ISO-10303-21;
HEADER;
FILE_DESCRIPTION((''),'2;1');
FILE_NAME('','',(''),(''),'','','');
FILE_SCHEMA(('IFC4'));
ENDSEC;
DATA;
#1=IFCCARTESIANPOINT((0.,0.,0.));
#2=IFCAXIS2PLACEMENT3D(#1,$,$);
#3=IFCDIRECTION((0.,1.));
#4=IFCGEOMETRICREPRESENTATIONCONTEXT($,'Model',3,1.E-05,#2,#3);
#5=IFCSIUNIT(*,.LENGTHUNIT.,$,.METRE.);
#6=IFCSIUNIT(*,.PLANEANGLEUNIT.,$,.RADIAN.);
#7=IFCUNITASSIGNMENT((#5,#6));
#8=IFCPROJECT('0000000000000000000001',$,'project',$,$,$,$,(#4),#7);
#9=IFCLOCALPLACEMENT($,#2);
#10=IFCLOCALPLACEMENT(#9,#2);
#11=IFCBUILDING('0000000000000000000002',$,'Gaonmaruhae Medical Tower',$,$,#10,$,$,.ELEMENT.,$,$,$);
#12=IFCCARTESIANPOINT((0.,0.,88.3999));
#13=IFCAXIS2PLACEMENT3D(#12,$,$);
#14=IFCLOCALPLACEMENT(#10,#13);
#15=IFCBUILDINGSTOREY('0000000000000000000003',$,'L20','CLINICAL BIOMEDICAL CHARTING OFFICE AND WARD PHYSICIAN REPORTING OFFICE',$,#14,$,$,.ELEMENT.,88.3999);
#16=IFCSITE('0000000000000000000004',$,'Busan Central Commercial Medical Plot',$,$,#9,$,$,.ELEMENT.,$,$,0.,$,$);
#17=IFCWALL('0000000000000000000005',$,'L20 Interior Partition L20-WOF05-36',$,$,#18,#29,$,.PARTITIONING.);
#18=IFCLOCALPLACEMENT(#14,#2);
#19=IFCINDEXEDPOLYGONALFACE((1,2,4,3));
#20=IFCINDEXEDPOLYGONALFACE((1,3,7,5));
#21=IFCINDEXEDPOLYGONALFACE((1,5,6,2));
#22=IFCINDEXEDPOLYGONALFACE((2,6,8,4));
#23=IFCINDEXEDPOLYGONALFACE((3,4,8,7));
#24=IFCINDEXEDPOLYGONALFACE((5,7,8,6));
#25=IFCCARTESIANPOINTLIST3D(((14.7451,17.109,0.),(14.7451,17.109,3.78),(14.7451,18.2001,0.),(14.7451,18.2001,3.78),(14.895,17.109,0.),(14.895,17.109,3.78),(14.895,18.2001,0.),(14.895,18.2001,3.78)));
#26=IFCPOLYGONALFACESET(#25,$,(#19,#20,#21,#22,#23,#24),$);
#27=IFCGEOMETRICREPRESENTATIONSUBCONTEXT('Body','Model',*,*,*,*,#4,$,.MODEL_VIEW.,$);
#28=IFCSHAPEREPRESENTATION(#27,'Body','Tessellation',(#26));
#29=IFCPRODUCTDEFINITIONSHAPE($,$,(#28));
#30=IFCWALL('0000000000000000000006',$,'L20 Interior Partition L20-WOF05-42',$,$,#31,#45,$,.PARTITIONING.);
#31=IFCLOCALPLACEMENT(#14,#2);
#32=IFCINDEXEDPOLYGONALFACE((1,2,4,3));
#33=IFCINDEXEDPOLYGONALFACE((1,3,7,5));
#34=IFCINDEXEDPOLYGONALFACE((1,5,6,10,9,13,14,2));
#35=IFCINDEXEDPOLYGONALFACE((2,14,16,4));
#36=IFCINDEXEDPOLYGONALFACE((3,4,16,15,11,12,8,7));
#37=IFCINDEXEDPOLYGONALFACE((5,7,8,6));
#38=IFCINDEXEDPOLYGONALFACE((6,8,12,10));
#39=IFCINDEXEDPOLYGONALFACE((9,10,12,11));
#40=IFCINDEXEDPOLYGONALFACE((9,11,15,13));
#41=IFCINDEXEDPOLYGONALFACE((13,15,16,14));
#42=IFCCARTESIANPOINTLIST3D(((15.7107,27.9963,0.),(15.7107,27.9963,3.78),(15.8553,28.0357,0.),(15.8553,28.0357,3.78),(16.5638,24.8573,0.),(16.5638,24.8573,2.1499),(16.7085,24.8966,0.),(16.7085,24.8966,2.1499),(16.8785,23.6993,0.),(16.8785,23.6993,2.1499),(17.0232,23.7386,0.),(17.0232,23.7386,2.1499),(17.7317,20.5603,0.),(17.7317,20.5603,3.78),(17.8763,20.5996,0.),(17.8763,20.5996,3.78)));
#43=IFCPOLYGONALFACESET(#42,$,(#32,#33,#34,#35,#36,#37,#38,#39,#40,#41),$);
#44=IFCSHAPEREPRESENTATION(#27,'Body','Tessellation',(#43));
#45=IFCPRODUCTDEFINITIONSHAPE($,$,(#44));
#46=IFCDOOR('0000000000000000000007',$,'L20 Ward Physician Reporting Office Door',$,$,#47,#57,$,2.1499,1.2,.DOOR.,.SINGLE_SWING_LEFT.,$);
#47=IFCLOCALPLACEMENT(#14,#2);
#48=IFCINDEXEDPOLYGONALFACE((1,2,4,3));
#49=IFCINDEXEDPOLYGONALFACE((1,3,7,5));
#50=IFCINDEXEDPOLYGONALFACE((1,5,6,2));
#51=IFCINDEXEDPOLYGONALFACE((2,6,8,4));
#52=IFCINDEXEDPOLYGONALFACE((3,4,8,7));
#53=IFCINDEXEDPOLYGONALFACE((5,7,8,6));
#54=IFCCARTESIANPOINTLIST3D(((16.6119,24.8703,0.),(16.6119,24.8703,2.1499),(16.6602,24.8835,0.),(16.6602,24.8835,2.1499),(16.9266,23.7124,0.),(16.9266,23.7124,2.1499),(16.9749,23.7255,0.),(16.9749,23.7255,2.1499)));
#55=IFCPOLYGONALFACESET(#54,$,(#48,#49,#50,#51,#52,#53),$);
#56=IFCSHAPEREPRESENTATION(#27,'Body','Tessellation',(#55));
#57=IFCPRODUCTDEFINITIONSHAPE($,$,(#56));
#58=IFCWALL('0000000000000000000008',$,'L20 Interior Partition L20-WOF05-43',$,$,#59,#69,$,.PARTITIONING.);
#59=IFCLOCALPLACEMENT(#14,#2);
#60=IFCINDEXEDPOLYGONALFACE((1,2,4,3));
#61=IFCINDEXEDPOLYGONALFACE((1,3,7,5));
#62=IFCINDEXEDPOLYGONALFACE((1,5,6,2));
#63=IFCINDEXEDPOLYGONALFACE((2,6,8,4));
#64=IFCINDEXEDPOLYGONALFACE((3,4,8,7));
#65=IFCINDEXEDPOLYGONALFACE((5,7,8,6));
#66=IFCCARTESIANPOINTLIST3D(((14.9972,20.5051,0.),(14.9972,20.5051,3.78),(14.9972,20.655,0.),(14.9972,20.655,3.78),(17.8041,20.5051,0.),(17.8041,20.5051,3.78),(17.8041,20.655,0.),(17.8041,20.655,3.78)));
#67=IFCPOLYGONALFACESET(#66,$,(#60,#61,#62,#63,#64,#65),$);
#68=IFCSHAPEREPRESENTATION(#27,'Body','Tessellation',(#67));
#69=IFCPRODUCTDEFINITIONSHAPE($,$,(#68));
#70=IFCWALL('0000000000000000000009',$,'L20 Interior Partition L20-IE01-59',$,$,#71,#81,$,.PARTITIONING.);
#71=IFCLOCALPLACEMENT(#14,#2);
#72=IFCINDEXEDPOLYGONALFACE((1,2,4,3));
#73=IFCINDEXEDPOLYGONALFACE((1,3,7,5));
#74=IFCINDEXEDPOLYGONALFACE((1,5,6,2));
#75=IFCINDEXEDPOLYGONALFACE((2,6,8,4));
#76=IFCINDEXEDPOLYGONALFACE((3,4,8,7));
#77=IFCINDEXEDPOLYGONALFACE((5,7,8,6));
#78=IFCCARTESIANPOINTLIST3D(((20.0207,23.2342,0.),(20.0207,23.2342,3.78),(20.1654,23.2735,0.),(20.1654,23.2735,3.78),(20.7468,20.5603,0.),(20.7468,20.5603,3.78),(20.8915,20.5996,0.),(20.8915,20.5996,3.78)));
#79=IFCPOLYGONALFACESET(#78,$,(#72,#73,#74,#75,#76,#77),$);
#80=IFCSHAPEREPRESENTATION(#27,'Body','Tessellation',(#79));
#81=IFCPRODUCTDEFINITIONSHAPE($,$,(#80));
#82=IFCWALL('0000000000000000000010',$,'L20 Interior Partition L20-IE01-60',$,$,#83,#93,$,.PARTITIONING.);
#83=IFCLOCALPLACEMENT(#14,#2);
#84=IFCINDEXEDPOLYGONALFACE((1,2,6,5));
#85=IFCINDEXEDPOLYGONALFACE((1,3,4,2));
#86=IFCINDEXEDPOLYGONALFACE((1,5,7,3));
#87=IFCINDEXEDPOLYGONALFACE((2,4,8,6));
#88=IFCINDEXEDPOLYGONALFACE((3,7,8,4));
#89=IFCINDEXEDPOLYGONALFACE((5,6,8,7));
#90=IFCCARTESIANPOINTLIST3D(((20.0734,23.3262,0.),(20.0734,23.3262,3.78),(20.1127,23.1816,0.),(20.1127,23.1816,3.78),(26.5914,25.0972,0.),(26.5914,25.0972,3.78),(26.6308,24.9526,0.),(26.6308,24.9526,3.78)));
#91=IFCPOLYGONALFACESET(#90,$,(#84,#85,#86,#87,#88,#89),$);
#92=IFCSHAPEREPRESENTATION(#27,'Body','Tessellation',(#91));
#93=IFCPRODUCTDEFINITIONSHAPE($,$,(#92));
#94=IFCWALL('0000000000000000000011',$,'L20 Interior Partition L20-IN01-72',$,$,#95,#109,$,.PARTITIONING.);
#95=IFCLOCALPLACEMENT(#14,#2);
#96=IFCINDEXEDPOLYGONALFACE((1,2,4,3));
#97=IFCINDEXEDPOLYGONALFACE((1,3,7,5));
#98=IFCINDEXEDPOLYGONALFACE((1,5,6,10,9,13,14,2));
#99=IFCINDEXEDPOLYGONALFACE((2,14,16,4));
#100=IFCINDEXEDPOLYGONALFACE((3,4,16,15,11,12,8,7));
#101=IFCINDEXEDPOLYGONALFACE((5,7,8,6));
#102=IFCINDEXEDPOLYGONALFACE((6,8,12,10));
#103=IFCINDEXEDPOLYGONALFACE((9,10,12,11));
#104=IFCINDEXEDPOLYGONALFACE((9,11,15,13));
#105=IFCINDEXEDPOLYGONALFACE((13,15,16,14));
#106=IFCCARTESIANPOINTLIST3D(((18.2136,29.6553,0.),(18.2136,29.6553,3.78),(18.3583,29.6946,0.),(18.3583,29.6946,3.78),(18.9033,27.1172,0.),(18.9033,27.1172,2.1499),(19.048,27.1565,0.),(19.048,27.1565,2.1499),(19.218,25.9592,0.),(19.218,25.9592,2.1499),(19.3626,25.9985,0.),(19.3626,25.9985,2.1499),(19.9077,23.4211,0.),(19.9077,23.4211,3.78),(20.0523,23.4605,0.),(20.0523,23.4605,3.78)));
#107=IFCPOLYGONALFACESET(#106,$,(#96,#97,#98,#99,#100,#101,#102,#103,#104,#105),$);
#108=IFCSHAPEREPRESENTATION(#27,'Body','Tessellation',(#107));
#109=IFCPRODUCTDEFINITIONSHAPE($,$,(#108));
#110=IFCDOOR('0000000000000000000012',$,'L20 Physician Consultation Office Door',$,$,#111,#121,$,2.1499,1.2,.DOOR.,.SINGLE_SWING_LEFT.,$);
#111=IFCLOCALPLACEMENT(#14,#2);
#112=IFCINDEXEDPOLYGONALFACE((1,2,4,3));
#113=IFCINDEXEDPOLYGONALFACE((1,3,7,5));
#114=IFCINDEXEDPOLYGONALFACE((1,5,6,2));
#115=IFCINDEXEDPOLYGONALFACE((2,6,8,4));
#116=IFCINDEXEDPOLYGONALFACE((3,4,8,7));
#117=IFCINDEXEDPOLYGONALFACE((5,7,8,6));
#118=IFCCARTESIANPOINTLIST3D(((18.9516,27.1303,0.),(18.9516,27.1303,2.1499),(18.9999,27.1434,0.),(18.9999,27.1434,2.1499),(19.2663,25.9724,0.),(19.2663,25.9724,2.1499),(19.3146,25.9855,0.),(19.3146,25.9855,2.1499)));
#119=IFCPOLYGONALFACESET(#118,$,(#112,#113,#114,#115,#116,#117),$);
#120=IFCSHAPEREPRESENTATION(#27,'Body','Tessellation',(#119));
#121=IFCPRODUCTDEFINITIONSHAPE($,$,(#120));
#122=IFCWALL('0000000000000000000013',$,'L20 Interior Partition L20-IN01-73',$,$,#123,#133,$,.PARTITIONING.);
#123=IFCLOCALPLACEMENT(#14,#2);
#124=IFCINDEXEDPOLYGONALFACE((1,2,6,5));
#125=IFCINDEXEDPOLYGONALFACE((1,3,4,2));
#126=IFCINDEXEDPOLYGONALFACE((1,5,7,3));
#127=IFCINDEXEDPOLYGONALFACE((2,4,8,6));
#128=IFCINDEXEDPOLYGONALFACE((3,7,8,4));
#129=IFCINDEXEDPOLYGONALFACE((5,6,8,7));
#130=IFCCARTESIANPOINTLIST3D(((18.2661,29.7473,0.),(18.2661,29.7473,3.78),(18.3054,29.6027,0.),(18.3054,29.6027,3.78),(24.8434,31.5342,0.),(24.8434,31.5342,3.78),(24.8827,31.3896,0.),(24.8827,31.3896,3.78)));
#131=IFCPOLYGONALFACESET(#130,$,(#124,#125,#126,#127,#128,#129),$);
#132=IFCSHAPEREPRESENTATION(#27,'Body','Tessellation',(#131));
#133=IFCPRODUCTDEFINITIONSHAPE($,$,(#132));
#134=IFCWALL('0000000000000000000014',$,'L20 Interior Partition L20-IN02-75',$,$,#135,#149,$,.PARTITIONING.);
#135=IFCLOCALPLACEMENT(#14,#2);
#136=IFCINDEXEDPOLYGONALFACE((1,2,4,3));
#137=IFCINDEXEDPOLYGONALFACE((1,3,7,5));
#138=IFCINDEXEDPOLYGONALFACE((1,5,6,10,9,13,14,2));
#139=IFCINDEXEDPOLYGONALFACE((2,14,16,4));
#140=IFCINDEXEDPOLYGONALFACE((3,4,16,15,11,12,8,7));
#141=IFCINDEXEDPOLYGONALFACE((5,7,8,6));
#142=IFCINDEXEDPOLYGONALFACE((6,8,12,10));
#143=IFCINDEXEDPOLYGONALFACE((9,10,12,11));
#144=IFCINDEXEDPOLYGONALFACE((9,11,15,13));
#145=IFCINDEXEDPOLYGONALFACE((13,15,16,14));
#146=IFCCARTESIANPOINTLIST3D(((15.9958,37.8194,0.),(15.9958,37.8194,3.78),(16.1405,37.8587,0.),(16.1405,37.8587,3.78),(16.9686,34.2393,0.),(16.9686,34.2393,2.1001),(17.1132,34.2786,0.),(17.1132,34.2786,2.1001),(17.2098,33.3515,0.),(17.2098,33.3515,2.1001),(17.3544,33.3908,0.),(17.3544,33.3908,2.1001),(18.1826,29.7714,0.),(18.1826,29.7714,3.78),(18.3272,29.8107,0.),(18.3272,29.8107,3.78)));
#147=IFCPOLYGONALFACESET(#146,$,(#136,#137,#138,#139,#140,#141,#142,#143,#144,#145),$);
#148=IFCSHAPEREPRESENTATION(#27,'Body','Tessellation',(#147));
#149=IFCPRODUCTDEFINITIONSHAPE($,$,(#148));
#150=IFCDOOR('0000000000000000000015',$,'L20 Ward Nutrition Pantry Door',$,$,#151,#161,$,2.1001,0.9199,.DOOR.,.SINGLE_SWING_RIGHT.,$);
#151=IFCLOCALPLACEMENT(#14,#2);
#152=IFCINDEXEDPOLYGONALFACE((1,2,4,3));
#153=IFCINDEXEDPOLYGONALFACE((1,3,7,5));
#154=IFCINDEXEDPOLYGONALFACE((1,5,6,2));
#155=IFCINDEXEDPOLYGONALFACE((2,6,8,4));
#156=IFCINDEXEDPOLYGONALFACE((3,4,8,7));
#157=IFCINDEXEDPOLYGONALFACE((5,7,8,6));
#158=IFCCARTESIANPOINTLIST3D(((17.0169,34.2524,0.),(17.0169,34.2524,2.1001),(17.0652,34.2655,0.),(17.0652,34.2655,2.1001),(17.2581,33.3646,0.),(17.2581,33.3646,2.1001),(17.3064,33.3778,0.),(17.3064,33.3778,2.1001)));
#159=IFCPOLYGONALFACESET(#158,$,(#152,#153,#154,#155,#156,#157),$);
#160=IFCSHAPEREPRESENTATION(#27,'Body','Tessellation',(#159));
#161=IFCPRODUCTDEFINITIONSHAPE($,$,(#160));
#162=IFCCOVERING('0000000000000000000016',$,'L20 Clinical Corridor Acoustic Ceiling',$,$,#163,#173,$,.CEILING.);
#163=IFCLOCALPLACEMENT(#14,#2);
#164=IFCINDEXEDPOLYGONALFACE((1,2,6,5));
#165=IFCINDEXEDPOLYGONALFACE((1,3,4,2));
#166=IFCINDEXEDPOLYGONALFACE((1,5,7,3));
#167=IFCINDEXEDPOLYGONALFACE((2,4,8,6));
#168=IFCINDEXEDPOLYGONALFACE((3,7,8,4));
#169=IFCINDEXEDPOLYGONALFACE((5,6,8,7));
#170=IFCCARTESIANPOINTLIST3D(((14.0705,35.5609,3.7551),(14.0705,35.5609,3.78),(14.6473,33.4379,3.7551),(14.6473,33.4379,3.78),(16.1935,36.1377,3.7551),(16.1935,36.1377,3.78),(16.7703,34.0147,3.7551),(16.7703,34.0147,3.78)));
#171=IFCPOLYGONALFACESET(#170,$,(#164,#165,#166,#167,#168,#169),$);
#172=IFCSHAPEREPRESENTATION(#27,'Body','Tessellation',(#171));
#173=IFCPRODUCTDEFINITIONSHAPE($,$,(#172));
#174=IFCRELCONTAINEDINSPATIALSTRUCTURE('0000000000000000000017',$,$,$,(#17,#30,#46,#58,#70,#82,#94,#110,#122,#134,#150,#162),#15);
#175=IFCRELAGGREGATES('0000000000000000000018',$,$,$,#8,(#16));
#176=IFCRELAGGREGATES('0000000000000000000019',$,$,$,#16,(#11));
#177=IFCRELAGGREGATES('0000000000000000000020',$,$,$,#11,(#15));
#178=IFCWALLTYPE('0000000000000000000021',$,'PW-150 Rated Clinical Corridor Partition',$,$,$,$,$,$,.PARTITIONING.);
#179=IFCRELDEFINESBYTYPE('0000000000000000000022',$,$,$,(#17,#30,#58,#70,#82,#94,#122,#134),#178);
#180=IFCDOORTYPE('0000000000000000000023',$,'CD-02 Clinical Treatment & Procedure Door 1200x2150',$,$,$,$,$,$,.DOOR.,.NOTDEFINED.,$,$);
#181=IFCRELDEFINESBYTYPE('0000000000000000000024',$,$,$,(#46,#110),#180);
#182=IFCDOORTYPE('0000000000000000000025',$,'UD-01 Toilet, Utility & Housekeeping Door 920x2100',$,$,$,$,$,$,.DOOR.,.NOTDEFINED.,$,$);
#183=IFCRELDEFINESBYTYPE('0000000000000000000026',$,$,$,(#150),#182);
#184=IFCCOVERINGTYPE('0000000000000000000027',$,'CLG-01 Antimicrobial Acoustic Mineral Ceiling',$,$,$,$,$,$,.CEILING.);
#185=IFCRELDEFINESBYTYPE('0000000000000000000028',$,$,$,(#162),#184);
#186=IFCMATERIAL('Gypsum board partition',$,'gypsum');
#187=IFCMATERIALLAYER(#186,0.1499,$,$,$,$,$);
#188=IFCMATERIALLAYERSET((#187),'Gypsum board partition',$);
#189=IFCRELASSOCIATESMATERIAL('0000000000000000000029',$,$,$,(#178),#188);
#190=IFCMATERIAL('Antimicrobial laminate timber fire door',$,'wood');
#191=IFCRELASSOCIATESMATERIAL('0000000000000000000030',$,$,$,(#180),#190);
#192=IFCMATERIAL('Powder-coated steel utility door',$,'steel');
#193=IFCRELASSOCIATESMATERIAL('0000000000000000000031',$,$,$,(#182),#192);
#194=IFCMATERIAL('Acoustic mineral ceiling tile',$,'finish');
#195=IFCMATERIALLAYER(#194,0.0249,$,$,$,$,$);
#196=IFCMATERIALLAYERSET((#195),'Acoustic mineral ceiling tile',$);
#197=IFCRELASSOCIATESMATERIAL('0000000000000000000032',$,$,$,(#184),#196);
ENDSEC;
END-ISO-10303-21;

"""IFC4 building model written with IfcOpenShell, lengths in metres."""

from ifc_helpers import new_model, si_unit, direction, frame, frame_2d, origin, origin_2d, place, context, subcontext, project, spatial, rectangle, extrude, material, layer, layer_set, type_object, element, fill, save


model = new_model("IFC4")

# Units and contexts
model_context = context("Model", 3, precision=1e-05, world=origin(), true_north=direction((0.0, 1.0)))
body_context = subcontext(model_context, "Body", "Model", "MODEL_VIEW")
ifc_project = project(units=[si_unit("LENGTHUNIT", "METRE"), si_unit("PLANEANGLEUNIT", "RADIAN")], contexts=[model_context])

# Site, building, storey
site_placement = place(None, origin())
site = spatial("IfcSite", under=ifc_project, at=site_placement, Name="Busan Central Commercial Medical Plot", CompositionType="ELEMENT", RefElevation=0.0)
building_placement = place(site_placement, origin())
building = spatial("IfcBuilding", under=site, at=building_placement, Name="Gaonmaruhae Medical Tower", CompositionType="ELEMENT")
storey_placement = place(building_placement, frame((0.0, 0.0, 88.3999)))
storey = spatial("IfcBuildingStorey", under=building, at=storey_placement, Name="L20", Description="CLINICAL BIOMEDICAL CHARTING OFFICE AND WARD PHYSICIAN REPORTING OFFICE", CompositionType="ELEMENT", Elevation=88.3999)

# Wall
ifc_material_1 = material(Name="Gypsum board partition", Category="gypsum")
ifc_layer_1 = layer(ifc_material_1, 0.1499)
ifc_layer_set_1 = layer_set([ifc_layer_1], Name="Gypsum board partition")
wall_type_1 = type_object("IfcWallType", Name="PW-150 Rated Clinical Corridor Partition", PredefinedType="PARTITIONING", material=ifc_layer_set_1)
wall_1_placement = place(storey_placement, frame((14.8201, 18.2, 0.0), z_axis=(0.0, 0.0, 1.0), x_axis=(0.0, -1.0, 0.0)))
element("IfcWall", 1, at=wall_1_placement, inside=storey, type_object=wall_type_1, Name="L20 Interior Partition L20-WOF05-36", PredefinedType="PARTITIONING", context=body_context, shape_type="SweptSolid", body=[
    extrude(rectangle(XDim=1.0911, YDim=0.1499, at=frame_2d((0.5454, 0.0))), origin(), (0.0, 0.0, 1.0), 3.78),
])

# Wall, opening, door
wall_2_placement = place(storey_placement, frame((15.783, 28.0161, 0.0), z_axis=(0.0, 0.0, 1.0), x_axis=(0.26227, -0.964994, 0.0)))
wall_2 = element("IfcWall", 2, at=wall_2_placement, inside=storey, type_object=wall_type_1, Name="L20 Interior Partition L20-WOF05-42", PredefinedType="PARTITIONING", context=body_context, shape_type="SweptSolid", body=[
    extrude(rectangle(XDim=7.7058, YDim=0.1499, at=frame_2d((3.853, 0.0))), origin(), (0.0, 0.0, 1.0), 3.78),
])
opening_1_placement = place(wall_2_placement, frame((3.2529, 0.0, 0.0)))
opening_1 = element("IfcOpeningElement", 3, at=opening_1_placement, cuts=wall_2, PredefinedType="OPENING", context=body_context, shape_type="SweptSolid", body=[
    extrude(rectangle(XDim=1.2, YDim=2.1499, at=frame_2d((0.6001, 1.075))), frame((0.0, 0.085, 0.0), z_axis=(0.0, -1.0, 0.0), x_axis=(1.0, 0.0, 0.0)), (0.0, 0.0, 1.0), 0.1699),
])
ifc_material_2 = material(Name="Antimicrobial laminate timber fire door", Category="wood")
door_type_1 = type_object("IfcDoorType", Name="CD-02 Clinical Treatment & Procedure Door 1200x2150", OperationType="NOTDEFINED", PredefinedType="DOOR", material=ifc_material_2)
door_1_placement = place(opening_1_placement, origin())
door_1 = element("IfcDoor", 4, at=door_1_placement, inside=storey, type_object=door_type_1, Name="L20 Ward Physician Reporting Office Door", OperationType="SINGLE_SWING_LEFT", OverallHeight=2.1499, OverallWidth=1.2, PredefinedType="DOOR", context=body_context, shape_type="SweptSolid", body=[
    extrude(rectangle(XDim=1.2, YDim=2.1499, at=frame_2d((0.6001, 1.075))), frame((0.0, 0.0249, 0.0), z_axis=(0.0, -1.0, 0.0), x_axis=(1.0, 0.0, 0.0)), (0.0, 0.0, 1.0), 0.05),
])
fill(opening_1, door_1)

# Walls
wall_3_placement = place(storey_placement, frame((17.804, 20.5801, 0.0), z_axis=(0.0, 0.0, 1.0), x_axis=(-1.0, 0.0, 0.0)))
element("IfcWall", 5, at=wall_3_placement, inside=storey, type_object=wall_type_1, Name="L20 Interior Partition L20-WOF05-43", PredefinedType="PARTITIONING", context=body_context, shape_type="SweptSolid", body=[
    extrude(rectangle(XDim=2.8069, YDim=0.1499, at=frame_2d((1.4033, 0.0))), origin(), (0.0, 0.0, 1.0), 3.78),
])
wall_4_placement = place(storey_placement, frame((20.8191, 20.5801, 0.0), z_axis=(0.0, 0.0, 1.0), x_axis=(-0.262058, 0.965052, 0.0)))
element("IfcWall", 6, at=wall_4_placement, inside=storey, type_object=wall_type_1, Name="L20 Interior Partition L20-IE01-59", PredefinedType="PARTITIONING", context=body_context, shape_type="SweptSolid", body=[
    extrude(rectangle(XDim=2.7708, YDim=0.1499, at=frame_2d((1.3853, 0.0))), origin(), (0.0, 0.0, 1.0), 3.78),
])
wall_5_placement = place(storey_placement, frame((20.093, 23.2539, 0.0), z_axis=(0.0, 0.0, 1.0), x_axis=(0.965014, 0.2622, 0.0)))
element("IfcWall", 7, at=wall_5_placement, inside=storey, type_object=wall_type_1, Name="L20 Interior Partition L20-IE01-60", PredefinedType="PARTITIONING", context=body_context, shape_type="SweptSolid", body=[
    extrude(rectangle(XDim=6.7544, YDim=0.1499, at=frame_2d((3.3772, 0.0))), origin(), (0.0, 0.0, 1.0), 3.78),
])

# Wall, opening, door
wall_6_placement = place(storey_placement, frame((19.98, 23.4409, 0.0), z_axis=(0.0, 0.0, 1.0), x_axis=(-0.262235, 0.965004, 0.0)))
wall_6 = element("IfcWall", 8, at=wall_6_placement, inside=storey, type_object=wall_type_1, Name="L20 Interior Partition L20-IN01-72", PredefinedType="PARTITIONING", context=body_context, shape_type="SweptSolid", body=[
    extrude(rectangle(XDim=6.4602, YDim=0.1499, at=frame_2d((3.23, 0.0))), origin(), (0.0, 0.0, 1.0), 3.78),
])
opening_2_placement = place(wall_6_placement, frame((2.6299, 0.0, 0.0)))
opening_2 = element("IfcOpeningElement", 9, at=opening_2_placement, cuts=wall_6, PredefinedType="OPENING", context=body_context, shape_type="SweptSolid", body=[
    extrude(rectangle(XDim=1.2, YDim=2.1499, at=frame_2d((0.6001, 1.075))), frame((0.0, 0.085, 0.0), z_axis=(0.0, -1.0, 0.0), x_axis=(1.0, 0.0, 0.0)), (0.0, 0.0, 1.0), 0.1699),
])
door_2_placement = place(opening_2_placement, origin())
door_2 = element("IfcDoor", 10, at=door_2_placement, inside=storey, type_object=door_type_1, Name="L20 Physician Consultation Office Door", OperationType="SINGLE_SWING_LEFT", OverallHeight=2.1499, OverallWidth=1.2, PredefinedType="DOOR", context=body_context, shape_type="SweptSolid", body=[
    extrude(rectangle(XDim=1.2, YDim=2.1499, at=frame_2d((0.6001, 1.075))), frame((0.0, 0.0249, 0.0), z_axis=(0.0, -1.0, 0.0), x_axis=(1.0, 0.0, 0.0)), (0.0, 0.0, 1.0), 0.05),
])
fill(opening_2, door_2)

# Wall
wall_7_placement = place(storey_placement, frame((18.2859, 29.675, 0.0), z_axis=(0.0, 0.0, 1.0), x_axis=(0.96502, 0.262175, 0.0)))
element("IfcWall", 11, at=wall_7_placement, inside=storey, type_object=wall_type_1, Name="L20 Interior Partition L20-IN01-73", PredefinedType="PARTITIONING", context=body_context, shape_type="SweptSolid", body=[
    extrude(rectangle(XDim=6.8157, YDim=0.1499, at=frame_2d((3.4077, 0.0))), origin(), (0.0, 0.0, 1.0), 3.78),
])

# Wall, opening, door
wall_8_placement = place(storey_placement, frame((18.2549, 29.791, 0.0), z_axis=(0.0, 0.0, 1.0), x_axis=(-0.262206, 0.965012, 0.0)))
wall_8 = element("IfcWall", 12, at=wall_8_placement, inside=storey, type_object=wall_type_1, Name="L20 Interior Partition L20-IN02-75", PredefinedType="PARTITIONING", context=body_context, shape_type="SweptSolid", body=[
    extrude(rectangle(XDim=8.3398, YDim=0.1499, at=frame_2d((4.1699, 0.0))), origin(), (0.0, 0.0, 1.0), 3.78),
])
opening_3_placement = place(wall_8_placement, frame((3.71, 0.0, 0.0)))
opening_3 = element("IfcOpeningElement", 13, at=opening_3_placement, cuts=wall_8, PredefinedType="OPENING", context=body_context, shape_type="SweptSolid", body=[
    extrude(rectangle(XDim=0.9199, YDim=2.1001, at=frame_2d((0.46, 1.05))), frame((0.0, 0.085, 0.0), z_axis=(0.0, -1.0, 0.0), x_axis=(1.0, 0.0, 0.0)), (0.0, 0.0, 1.0), 0.1699),
])
ifc_material_3 = material(Name="Powder-coated steel utility door", Category="steel")
door_type_2 = type_object("IfcDoorType", Name="UD-01 Toilet, Utility & Housekeeping Door 920x2100", OperationType="NOTDEFINED", PredefinedType="DOOR", material=ifc_material_3)
door_3_placement = place(opening_3_placement, origin())
door_3 = element("IfcDoor", 14, at=door_3_placement, inside=storey, type_object=door_type_2, Name="L20 Ward Nutrition Pantry Door", OperationType="SINGLE_SWING_RIGHT", OverallHeight=2.1001, OverallWidth=0.9199, PredefinedType="DOOR", context=body_context, shape_type="SweptSolid", body=[
    extrude(rectangle(XDim=0.9199, YDim=2.1001, at=frame_2d((0.46, 1.05))), frame((0.0, 0.0249, 0.0), z_axis=(0.0, -1.0, 0.0), x_axis=(1.0, 0.0, 0.0)), (0.0, 0.0, 1.0), 0.05),
])
fill(opening_3, door_3)

# Covering
ifc_material_4 = material(Name="Acoustic mineral ceiling tile", Category="finish")
ifc_layer_2 = layer(ifc_material_4, 0.0249)
ifc_layer_set_2 = layer_set([ifc_layer_2], Name="Acoustic mineral ceiling tile")
covering_type_1 = type_object("IfcCoveringType", Name="CLG-01 Antimicrobial Acoustic Mineral Ceiling", PredefinedType="CEILING", material=ifc_layer_set_2)
covering_1_placement = place(storey_placement, frame((15.4204, 34.7878, 3.7551), z_axis=(0.0, 0.0, 1.0), x_axis=(0.965016, 0.262189, 0.0)))
element("IfcCovering", 15, at=covering_1_placement, inside=storey, type_object=covering_type_1, Name="L20 Clinical Corridor Acoustic Ceiling", PredefinedType="CEILING", context=body_context, shape_type="SweptSolid", body=[
    extrude(rectangle(XDim=2.2, YDim=2.2, at=origin_2d()), origin(), (0.0, 0.0, 1.0), 0.0249),
])

save(model, "model.ifc")
